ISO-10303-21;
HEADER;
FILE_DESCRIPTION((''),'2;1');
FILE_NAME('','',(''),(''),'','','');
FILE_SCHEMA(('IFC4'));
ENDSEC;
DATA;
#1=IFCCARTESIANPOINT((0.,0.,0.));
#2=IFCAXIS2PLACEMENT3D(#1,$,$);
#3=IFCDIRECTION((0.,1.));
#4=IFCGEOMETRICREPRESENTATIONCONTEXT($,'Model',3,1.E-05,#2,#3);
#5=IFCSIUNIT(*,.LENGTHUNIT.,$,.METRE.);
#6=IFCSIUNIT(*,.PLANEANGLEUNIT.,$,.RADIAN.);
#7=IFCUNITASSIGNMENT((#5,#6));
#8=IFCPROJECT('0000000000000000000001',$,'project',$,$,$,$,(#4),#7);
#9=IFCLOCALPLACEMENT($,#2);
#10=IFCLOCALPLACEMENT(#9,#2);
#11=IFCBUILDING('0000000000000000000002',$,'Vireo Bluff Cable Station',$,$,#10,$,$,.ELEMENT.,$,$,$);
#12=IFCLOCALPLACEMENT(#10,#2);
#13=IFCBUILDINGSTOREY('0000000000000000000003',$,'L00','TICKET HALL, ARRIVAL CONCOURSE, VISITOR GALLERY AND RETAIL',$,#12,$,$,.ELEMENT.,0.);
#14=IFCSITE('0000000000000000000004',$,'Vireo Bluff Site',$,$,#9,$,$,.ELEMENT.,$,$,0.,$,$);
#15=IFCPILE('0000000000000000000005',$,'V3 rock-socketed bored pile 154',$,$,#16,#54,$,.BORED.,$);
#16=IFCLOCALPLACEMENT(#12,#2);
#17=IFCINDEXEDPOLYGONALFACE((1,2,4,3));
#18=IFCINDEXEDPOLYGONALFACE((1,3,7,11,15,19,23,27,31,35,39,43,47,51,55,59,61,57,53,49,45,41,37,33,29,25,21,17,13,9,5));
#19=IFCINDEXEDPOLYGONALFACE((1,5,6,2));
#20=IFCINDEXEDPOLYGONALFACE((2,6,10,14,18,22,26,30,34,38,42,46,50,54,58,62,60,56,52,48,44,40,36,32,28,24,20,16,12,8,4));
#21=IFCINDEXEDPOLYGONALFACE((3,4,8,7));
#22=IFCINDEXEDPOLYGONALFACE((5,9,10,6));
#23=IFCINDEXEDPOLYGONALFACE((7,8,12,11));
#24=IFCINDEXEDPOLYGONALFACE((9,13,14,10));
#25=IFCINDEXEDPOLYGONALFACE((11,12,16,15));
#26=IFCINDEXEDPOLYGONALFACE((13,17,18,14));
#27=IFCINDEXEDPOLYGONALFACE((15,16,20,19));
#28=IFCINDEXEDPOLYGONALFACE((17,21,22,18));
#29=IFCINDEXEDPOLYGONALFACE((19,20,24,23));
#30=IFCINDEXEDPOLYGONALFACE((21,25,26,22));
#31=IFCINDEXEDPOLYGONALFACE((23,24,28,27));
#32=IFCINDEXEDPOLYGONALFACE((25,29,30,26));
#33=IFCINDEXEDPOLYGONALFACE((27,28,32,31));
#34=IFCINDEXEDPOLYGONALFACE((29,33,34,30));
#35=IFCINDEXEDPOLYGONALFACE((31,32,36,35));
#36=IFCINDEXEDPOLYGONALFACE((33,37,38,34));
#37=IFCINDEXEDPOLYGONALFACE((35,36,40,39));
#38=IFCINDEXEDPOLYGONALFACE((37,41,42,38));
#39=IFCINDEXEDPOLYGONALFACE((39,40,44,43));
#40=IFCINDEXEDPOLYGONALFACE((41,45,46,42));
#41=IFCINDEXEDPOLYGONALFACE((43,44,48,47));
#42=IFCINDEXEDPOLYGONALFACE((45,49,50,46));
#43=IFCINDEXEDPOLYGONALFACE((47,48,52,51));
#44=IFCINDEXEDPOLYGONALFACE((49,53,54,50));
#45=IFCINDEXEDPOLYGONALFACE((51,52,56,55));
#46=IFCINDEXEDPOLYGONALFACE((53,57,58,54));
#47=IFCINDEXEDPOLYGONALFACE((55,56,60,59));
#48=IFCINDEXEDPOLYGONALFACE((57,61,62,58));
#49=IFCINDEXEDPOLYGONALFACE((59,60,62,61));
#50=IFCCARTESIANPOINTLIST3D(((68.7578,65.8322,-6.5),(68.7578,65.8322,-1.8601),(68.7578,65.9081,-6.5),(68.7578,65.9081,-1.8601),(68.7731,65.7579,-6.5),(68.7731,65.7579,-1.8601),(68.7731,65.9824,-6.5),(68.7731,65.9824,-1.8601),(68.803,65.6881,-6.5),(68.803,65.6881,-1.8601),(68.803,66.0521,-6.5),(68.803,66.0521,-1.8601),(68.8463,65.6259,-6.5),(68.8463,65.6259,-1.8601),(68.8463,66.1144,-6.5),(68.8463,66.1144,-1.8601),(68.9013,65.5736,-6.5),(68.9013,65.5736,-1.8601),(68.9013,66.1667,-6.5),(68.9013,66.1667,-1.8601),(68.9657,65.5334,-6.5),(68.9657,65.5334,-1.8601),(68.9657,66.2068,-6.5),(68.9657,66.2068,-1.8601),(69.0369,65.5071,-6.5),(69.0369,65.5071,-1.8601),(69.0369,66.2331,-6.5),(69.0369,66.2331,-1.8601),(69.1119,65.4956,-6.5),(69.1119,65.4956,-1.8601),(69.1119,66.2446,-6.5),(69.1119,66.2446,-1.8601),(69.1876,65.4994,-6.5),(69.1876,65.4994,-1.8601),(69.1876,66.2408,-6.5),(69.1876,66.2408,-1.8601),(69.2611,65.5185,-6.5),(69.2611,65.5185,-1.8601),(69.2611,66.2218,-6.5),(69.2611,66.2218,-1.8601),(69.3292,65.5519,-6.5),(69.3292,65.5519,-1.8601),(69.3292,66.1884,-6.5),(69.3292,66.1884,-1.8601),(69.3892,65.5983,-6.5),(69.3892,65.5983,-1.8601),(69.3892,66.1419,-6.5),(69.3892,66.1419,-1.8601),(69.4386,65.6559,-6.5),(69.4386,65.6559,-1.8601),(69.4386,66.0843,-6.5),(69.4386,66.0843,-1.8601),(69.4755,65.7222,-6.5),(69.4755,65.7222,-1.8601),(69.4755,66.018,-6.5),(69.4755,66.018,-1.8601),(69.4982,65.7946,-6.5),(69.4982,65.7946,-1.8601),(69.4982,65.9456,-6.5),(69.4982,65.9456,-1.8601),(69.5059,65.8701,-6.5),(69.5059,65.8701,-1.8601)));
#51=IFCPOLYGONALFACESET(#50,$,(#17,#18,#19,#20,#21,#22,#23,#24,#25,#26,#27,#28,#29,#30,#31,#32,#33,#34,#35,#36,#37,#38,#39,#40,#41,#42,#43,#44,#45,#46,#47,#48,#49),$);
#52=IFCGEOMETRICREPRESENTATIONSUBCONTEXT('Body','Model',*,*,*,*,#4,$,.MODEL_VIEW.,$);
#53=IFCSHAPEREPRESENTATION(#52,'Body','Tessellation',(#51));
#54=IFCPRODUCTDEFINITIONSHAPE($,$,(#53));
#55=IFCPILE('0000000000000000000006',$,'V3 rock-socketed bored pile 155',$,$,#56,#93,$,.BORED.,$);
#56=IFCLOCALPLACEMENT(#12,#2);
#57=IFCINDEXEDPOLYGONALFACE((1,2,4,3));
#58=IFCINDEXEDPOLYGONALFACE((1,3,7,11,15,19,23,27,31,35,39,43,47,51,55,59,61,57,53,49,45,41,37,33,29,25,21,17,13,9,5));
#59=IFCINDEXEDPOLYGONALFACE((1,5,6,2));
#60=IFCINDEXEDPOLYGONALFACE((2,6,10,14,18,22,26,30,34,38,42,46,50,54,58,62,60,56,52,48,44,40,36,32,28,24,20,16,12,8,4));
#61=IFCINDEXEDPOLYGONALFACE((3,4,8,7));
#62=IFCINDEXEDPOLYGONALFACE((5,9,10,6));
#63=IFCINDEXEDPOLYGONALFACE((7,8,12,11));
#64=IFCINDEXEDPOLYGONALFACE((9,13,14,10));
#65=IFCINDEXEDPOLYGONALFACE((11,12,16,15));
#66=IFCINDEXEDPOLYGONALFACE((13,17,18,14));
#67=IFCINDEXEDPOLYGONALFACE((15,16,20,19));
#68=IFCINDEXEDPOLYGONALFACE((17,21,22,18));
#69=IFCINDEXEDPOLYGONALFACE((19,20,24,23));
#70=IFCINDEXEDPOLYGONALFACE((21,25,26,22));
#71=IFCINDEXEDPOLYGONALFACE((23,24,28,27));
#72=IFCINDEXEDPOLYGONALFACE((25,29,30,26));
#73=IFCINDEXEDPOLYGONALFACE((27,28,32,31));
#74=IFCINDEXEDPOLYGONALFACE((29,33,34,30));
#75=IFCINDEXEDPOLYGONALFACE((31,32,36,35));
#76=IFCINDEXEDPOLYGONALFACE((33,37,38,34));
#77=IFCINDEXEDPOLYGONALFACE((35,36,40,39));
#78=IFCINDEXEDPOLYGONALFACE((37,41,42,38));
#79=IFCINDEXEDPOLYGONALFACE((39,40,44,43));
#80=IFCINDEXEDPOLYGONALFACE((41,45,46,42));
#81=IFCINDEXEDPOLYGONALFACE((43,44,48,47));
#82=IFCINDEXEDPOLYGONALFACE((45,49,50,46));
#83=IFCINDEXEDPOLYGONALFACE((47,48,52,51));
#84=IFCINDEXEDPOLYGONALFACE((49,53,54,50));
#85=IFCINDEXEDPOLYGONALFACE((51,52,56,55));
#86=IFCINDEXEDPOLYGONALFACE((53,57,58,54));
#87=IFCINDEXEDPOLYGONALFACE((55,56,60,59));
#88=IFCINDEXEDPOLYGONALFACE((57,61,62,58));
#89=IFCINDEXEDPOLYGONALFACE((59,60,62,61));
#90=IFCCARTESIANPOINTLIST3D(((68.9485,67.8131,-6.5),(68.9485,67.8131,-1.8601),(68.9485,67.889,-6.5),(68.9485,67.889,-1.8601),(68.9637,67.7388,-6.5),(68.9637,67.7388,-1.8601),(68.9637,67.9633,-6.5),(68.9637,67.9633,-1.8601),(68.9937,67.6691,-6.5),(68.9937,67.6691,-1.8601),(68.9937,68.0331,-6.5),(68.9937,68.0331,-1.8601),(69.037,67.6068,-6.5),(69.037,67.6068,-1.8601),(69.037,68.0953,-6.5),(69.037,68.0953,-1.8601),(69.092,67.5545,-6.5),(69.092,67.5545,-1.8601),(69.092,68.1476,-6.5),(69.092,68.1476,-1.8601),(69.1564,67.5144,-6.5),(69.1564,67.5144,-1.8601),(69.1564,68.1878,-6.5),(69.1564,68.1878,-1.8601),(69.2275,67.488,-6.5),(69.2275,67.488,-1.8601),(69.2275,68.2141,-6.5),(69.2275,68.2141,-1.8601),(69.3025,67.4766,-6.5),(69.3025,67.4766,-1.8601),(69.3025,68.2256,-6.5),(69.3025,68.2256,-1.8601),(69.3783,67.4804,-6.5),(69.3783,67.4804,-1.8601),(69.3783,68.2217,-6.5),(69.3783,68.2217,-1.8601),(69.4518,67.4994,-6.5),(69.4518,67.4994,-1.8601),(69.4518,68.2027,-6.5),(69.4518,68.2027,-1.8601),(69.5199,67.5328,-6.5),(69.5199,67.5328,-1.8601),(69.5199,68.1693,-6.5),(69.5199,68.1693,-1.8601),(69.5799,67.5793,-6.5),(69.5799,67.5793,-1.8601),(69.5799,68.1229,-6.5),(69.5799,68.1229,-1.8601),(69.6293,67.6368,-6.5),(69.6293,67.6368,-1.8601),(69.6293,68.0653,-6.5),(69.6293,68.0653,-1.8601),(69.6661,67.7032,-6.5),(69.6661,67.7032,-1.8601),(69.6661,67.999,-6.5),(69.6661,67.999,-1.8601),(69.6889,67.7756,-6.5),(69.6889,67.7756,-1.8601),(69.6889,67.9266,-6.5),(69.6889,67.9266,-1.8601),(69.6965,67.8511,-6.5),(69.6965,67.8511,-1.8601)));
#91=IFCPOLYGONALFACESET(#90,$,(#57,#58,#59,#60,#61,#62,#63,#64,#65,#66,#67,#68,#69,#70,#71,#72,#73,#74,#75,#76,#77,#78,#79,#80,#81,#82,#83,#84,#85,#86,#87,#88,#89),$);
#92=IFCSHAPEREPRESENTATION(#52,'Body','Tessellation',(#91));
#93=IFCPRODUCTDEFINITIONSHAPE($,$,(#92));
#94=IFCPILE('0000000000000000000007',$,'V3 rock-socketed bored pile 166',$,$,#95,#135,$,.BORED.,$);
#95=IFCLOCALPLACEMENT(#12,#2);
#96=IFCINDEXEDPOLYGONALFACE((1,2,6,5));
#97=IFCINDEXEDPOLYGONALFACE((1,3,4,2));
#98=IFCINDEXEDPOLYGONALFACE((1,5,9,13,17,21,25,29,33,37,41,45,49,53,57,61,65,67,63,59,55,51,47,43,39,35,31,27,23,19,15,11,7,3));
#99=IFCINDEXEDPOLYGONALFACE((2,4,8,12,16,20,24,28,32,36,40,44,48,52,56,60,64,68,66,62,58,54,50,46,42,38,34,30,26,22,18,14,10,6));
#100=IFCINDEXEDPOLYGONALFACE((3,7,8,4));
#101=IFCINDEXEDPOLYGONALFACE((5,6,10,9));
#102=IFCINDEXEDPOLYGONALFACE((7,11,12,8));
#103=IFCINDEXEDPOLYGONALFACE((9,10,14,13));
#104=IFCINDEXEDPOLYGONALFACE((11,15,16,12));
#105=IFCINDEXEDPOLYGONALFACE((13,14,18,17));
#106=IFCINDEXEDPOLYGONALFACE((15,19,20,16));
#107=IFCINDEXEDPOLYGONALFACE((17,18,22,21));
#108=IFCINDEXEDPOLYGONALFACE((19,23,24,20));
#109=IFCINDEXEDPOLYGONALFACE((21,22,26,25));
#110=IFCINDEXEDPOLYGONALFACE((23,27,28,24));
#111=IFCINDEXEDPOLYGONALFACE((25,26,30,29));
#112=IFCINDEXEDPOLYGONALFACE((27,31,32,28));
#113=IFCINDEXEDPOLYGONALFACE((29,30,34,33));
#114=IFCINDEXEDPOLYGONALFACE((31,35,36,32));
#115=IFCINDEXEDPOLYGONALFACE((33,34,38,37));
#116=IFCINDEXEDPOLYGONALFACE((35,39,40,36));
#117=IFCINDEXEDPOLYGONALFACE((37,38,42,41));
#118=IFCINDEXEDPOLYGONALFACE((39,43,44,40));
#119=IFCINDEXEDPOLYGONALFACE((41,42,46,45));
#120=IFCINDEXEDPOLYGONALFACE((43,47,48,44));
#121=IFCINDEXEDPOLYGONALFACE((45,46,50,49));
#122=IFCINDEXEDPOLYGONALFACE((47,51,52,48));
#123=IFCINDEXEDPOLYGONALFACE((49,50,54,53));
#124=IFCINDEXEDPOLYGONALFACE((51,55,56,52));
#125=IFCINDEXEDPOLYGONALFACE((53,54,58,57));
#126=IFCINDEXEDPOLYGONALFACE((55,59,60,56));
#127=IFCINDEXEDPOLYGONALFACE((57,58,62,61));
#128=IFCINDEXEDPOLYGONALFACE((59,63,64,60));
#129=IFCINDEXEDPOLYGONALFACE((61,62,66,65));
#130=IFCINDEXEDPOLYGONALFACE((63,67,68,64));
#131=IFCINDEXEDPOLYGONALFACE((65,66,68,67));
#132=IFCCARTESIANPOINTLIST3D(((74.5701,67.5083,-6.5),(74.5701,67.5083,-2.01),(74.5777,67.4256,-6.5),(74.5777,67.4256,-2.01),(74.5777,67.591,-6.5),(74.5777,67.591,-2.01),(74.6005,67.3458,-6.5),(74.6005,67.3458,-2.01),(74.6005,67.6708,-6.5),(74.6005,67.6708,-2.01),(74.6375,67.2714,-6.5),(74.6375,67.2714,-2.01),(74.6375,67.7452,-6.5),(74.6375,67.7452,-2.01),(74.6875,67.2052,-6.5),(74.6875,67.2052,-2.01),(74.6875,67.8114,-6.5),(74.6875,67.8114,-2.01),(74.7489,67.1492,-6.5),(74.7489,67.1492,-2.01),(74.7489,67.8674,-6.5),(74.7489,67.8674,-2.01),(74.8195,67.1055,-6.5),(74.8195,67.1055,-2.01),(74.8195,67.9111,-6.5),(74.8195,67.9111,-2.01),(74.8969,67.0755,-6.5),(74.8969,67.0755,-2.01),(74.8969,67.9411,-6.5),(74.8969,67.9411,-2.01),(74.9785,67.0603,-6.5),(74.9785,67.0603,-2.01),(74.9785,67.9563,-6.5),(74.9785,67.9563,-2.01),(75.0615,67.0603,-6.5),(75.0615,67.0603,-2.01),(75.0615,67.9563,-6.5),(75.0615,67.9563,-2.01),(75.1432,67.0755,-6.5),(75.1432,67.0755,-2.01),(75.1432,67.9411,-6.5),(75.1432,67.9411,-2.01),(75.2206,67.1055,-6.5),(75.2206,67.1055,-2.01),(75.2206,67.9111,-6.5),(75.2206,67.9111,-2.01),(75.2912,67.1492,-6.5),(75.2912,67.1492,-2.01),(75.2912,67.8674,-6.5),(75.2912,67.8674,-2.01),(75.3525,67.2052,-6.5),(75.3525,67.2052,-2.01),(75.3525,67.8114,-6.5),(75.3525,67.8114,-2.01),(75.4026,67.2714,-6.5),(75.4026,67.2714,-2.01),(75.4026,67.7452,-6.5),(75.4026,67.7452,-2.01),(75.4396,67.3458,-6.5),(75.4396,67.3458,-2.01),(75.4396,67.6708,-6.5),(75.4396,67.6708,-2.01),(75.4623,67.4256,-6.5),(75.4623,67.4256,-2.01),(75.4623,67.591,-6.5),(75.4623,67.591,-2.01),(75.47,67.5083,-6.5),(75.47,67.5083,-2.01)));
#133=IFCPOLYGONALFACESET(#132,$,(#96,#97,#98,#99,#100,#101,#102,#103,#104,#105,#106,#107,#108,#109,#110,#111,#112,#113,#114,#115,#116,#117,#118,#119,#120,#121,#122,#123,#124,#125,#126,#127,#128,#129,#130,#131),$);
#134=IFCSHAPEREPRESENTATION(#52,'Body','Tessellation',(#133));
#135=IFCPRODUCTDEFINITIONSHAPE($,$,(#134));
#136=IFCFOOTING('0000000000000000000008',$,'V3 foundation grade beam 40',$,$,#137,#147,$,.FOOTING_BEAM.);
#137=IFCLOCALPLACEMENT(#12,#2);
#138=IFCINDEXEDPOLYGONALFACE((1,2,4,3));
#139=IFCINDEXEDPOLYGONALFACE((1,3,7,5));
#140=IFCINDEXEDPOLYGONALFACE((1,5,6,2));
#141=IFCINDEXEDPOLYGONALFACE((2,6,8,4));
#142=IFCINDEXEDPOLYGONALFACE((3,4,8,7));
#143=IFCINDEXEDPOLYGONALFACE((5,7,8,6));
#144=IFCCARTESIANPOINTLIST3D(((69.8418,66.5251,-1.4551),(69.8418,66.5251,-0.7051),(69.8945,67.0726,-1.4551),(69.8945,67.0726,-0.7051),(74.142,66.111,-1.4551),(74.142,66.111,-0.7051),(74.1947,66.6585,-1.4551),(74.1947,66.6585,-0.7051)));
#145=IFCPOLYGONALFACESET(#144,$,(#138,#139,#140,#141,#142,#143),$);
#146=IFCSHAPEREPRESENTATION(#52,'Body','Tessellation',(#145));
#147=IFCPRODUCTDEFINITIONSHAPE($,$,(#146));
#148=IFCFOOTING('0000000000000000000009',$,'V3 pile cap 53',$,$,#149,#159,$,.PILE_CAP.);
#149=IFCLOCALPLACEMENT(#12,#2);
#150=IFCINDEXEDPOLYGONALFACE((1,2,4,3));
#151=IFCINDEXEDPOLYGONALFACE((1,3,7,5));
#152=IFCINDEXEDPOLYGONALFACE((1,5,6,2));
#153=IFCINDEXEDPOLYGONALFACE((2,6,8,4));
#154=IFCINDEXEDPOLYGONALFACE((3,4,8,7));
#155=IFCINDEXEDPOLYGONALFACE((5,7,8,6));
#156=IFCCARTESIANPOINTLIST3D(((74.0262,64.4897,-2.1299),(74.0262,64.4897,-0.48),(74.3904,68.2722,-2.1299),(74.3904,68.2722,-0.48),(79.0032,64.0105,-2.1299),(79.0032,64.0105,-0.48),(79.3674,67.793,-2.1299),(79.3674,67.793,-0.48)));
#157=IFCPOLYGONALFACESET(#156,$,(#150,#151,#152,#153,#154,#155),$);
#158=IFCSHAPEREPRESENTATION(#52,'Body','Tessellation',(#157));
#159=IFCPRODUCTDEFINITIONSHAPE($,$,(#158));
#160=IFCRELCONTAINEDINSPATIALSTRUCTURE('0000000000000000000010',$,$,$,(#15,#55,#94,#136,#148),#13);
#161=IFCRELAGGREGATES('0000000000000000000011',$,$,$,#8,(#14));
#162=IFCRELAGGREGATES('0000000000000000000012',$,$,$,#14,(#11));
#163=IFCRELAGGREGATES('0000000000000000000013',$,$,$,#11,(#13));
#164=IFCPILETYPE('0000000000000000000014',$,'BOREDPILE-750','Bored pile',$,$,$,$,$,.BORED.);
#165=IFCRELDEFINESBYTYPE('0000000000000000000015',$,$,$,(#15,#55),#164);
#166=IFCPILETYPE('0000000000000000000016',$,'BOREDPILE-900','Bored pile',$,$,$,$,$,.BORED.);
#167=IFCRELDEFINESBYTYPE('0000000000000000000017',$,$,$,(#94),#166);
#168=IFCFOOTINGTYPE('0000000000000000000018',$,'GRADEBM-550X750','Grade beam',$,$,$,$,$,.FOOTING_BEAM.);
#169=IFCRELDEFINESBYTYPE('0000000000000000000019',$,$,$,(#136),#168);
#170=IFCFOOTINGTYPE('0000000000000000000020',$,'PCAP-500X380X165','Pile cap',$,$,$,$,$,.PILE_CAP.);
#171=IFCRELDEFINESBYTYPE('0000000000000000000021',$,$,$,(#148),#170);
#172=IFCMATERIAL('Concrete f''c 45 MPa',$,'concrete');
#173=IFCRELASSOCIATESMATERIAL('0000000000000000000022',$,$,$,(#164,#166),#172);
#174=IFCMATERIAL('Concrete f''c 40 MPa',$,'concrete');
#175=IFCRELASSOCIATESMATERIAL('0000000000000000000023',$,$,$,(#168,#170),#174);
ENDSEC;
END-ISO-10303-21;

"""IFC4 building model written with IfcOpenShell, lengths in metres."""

from ifc_helpers import new_model, si_unit, direction, frame, origin, origin_2d, place, context, subcontext, project, spatial, rectangle, circle, extrude, material, material_profile, profile_set, type_object, element, save


model = new_model("IFC4")

# Units and contexts
model_context = context("Model", 3, precision=1e-05, world=origin(), true_north=direction((0.0, 1.0)))
body_context = subcontext(model_context, "Body", "Model", "MODEL_VIEW")
ifc_project = project(units=[si_unit("LENGTHUNIT", "METRE"), si_unit("PLANEANGLEUNIT", "RADIAN")], contexts=[model_context])

# Site, building, storey
site_placement = place(None, origin())
site = spatial("IfcSite", under=ifc_project, at=site_placement, Name="Vireo Bluff Site", CompositionType="ELEMENT", RefElevation=0.0)
building_placement = place(site_placement, origin())
building = spatial("IfcBuilding", under=site, at=building_placement, Name="Vireo Bluff Cable Station", CompositionType="ELEMENT")
storey_placement = place(building_placement, origin())
storey = spatial("IfcBuildingStorey", under=building, at=storey_placement, Name="L00", Description="TICKET HALL, ARRIVAL CONCOURSE, VISITOR GALLERY AND RETAIL", CompositionType="ELEMENT", Elevation=0.0)

# Piles
ifc_material_1 = material(Name="Concrete f'c 45 MPa", Category="concrete")
ifc_material_profile_1 = material_profile(ifc_material_1, circle(Radius=0.375, at=origin_2d()), Name="BOREDPILE-750")
ifc_profile_set_1 = profile_set([ifc_material_profile_1], Name="Concrete f'c 45 MPa")
pile_type_1 = type_object("IfcPileType", Name="BOREDPILE-750", Description="Bored pile", PredefinedType="BORED", material=ifc_profile_set_1)
for number, where, z_axis, x_axis, name in (
    (1, (69.1309, 65.8701, -1.8601), (0.0, 0.0, -1.0), (1.0, 0.0, 0.0), "V3 rock-socketed bored pile 154"),
    (2, (69.3215, 67.8511, -1.8601), (0.0, 0.0, -1.0), (1.0, 0.0, 0.0), "V3 rock-socketed bored pile 155"),
):
    element("IfcPile", number, at=place(storey_placement, frame(where, z_axis=z_axis, x_axis=x_axis)), inside=storey, type_object=pile_type_1, Name=name, PredefinedType="BORED", context=body_context, shape_type="SweptSolid", body=[
        extrude(circle(Radius=0.375, at=origin_2d()), origin(), (0.0, 0.0, 1.0), 4.6399),
    ])
ifc_material_profile_2 = material_profile(ifc_material_1, circle(Radius=0.45, at=origin_2d()), Name="BOREDPILE-900")
ifc_profile_set_2 = profile_set([ifc_material_profile_2], Name="Concrete f'c 45 MPa")
pile_type_2 = type_object("IfcPileType", Name="BOREDPILE-900", Description="Bored pile", PredefinedType="BORED", material=ifc_profile_set_2)
pile_placement = place(storey_placement, frame((75.02, 67.5083, -2.01), z_axis=(0.0, 0.0, -1.0), x_axis=(1.0, 0.0, 0.0)))
element("IfcPile", 3, at=pile_placement, inside=storey, type_object=pile_type_2, Name="V3 rock-socketed bored pile 166", PredefinedType="BORED", context=body_context, shape_type="SweptSolid", body=[
    extrude(circle(Radius=0.45, at=origin_2d()), origin(), (0.0, 0.0, 1.0), 4.49),
])

# Footings
ifc_material_2 = material(Name="Concrete f'c 40 MPa", Category="concrete")
ifc_material_profile_3 = material_profile(ifc_material_2, rectangle(XDim=0.55, YDim=0.75, at=origin_2d()), Name="GRADEBM-550X750")
ifc_profile_set_3 = profile_set([ifc_material_profile_3], Name="Concrete f'c 40 MPa")
footing_type_1 = type_object("IfcFootingType", Name="GRADEBM-550X750", Description="Grade beam", PredefinedType="FOOTING_BEAM", material=ifc_profile_set_3)
footing_1_placement = place(storey_placement, frame((69.8682, 66.7988, -1.0801), z_axis=(0.995396, -0.095844, 0.0), x_axis=(0.095844, 0.995396, 0.0)))
element("IfcFooting", 4, at=footing_1_placement, inside=storey, type_object=footing_type_1, Name="V3 foundation grade beam 40", PredefinedType="FOOTING_BEAM", context=body_context, shape_type="SweptSolid", body=[
    extrude(rectangle(XDim=0.55, YDim=0.75, at=origin_2d()), origin(), (0.0, 0.0, 1.0), 4.3201),
])
footing_type_2 = type_object("IfcFootingType", Name="PCAP-500X380X165", Description="Pile cap", PredefinedType="PILE_CAP", material=ifc_material_2)
footing_2_placement = place(storey_placement, frame((76.6968, 66.1414, -2.1299), z_axis=(0.0, 0.0, 1.0), x_axis=(0.995396, -0.095846, 0.0)))
element("IfcFooting", 5, at=footing_2_placement, inside=storey, type_object=footing_type_2, Name="V3 pile cap 53", PredefinedType="PILE_CAP", context=body_context, shape_type="SweptSolid", body=[
    extrude(rectangle(XDim=5.0, YDim=3.8, at=origin_2d()), origin(), (0.0, 0.0, 1.0), 1.6499),
])

save(model, "model.ifc")
